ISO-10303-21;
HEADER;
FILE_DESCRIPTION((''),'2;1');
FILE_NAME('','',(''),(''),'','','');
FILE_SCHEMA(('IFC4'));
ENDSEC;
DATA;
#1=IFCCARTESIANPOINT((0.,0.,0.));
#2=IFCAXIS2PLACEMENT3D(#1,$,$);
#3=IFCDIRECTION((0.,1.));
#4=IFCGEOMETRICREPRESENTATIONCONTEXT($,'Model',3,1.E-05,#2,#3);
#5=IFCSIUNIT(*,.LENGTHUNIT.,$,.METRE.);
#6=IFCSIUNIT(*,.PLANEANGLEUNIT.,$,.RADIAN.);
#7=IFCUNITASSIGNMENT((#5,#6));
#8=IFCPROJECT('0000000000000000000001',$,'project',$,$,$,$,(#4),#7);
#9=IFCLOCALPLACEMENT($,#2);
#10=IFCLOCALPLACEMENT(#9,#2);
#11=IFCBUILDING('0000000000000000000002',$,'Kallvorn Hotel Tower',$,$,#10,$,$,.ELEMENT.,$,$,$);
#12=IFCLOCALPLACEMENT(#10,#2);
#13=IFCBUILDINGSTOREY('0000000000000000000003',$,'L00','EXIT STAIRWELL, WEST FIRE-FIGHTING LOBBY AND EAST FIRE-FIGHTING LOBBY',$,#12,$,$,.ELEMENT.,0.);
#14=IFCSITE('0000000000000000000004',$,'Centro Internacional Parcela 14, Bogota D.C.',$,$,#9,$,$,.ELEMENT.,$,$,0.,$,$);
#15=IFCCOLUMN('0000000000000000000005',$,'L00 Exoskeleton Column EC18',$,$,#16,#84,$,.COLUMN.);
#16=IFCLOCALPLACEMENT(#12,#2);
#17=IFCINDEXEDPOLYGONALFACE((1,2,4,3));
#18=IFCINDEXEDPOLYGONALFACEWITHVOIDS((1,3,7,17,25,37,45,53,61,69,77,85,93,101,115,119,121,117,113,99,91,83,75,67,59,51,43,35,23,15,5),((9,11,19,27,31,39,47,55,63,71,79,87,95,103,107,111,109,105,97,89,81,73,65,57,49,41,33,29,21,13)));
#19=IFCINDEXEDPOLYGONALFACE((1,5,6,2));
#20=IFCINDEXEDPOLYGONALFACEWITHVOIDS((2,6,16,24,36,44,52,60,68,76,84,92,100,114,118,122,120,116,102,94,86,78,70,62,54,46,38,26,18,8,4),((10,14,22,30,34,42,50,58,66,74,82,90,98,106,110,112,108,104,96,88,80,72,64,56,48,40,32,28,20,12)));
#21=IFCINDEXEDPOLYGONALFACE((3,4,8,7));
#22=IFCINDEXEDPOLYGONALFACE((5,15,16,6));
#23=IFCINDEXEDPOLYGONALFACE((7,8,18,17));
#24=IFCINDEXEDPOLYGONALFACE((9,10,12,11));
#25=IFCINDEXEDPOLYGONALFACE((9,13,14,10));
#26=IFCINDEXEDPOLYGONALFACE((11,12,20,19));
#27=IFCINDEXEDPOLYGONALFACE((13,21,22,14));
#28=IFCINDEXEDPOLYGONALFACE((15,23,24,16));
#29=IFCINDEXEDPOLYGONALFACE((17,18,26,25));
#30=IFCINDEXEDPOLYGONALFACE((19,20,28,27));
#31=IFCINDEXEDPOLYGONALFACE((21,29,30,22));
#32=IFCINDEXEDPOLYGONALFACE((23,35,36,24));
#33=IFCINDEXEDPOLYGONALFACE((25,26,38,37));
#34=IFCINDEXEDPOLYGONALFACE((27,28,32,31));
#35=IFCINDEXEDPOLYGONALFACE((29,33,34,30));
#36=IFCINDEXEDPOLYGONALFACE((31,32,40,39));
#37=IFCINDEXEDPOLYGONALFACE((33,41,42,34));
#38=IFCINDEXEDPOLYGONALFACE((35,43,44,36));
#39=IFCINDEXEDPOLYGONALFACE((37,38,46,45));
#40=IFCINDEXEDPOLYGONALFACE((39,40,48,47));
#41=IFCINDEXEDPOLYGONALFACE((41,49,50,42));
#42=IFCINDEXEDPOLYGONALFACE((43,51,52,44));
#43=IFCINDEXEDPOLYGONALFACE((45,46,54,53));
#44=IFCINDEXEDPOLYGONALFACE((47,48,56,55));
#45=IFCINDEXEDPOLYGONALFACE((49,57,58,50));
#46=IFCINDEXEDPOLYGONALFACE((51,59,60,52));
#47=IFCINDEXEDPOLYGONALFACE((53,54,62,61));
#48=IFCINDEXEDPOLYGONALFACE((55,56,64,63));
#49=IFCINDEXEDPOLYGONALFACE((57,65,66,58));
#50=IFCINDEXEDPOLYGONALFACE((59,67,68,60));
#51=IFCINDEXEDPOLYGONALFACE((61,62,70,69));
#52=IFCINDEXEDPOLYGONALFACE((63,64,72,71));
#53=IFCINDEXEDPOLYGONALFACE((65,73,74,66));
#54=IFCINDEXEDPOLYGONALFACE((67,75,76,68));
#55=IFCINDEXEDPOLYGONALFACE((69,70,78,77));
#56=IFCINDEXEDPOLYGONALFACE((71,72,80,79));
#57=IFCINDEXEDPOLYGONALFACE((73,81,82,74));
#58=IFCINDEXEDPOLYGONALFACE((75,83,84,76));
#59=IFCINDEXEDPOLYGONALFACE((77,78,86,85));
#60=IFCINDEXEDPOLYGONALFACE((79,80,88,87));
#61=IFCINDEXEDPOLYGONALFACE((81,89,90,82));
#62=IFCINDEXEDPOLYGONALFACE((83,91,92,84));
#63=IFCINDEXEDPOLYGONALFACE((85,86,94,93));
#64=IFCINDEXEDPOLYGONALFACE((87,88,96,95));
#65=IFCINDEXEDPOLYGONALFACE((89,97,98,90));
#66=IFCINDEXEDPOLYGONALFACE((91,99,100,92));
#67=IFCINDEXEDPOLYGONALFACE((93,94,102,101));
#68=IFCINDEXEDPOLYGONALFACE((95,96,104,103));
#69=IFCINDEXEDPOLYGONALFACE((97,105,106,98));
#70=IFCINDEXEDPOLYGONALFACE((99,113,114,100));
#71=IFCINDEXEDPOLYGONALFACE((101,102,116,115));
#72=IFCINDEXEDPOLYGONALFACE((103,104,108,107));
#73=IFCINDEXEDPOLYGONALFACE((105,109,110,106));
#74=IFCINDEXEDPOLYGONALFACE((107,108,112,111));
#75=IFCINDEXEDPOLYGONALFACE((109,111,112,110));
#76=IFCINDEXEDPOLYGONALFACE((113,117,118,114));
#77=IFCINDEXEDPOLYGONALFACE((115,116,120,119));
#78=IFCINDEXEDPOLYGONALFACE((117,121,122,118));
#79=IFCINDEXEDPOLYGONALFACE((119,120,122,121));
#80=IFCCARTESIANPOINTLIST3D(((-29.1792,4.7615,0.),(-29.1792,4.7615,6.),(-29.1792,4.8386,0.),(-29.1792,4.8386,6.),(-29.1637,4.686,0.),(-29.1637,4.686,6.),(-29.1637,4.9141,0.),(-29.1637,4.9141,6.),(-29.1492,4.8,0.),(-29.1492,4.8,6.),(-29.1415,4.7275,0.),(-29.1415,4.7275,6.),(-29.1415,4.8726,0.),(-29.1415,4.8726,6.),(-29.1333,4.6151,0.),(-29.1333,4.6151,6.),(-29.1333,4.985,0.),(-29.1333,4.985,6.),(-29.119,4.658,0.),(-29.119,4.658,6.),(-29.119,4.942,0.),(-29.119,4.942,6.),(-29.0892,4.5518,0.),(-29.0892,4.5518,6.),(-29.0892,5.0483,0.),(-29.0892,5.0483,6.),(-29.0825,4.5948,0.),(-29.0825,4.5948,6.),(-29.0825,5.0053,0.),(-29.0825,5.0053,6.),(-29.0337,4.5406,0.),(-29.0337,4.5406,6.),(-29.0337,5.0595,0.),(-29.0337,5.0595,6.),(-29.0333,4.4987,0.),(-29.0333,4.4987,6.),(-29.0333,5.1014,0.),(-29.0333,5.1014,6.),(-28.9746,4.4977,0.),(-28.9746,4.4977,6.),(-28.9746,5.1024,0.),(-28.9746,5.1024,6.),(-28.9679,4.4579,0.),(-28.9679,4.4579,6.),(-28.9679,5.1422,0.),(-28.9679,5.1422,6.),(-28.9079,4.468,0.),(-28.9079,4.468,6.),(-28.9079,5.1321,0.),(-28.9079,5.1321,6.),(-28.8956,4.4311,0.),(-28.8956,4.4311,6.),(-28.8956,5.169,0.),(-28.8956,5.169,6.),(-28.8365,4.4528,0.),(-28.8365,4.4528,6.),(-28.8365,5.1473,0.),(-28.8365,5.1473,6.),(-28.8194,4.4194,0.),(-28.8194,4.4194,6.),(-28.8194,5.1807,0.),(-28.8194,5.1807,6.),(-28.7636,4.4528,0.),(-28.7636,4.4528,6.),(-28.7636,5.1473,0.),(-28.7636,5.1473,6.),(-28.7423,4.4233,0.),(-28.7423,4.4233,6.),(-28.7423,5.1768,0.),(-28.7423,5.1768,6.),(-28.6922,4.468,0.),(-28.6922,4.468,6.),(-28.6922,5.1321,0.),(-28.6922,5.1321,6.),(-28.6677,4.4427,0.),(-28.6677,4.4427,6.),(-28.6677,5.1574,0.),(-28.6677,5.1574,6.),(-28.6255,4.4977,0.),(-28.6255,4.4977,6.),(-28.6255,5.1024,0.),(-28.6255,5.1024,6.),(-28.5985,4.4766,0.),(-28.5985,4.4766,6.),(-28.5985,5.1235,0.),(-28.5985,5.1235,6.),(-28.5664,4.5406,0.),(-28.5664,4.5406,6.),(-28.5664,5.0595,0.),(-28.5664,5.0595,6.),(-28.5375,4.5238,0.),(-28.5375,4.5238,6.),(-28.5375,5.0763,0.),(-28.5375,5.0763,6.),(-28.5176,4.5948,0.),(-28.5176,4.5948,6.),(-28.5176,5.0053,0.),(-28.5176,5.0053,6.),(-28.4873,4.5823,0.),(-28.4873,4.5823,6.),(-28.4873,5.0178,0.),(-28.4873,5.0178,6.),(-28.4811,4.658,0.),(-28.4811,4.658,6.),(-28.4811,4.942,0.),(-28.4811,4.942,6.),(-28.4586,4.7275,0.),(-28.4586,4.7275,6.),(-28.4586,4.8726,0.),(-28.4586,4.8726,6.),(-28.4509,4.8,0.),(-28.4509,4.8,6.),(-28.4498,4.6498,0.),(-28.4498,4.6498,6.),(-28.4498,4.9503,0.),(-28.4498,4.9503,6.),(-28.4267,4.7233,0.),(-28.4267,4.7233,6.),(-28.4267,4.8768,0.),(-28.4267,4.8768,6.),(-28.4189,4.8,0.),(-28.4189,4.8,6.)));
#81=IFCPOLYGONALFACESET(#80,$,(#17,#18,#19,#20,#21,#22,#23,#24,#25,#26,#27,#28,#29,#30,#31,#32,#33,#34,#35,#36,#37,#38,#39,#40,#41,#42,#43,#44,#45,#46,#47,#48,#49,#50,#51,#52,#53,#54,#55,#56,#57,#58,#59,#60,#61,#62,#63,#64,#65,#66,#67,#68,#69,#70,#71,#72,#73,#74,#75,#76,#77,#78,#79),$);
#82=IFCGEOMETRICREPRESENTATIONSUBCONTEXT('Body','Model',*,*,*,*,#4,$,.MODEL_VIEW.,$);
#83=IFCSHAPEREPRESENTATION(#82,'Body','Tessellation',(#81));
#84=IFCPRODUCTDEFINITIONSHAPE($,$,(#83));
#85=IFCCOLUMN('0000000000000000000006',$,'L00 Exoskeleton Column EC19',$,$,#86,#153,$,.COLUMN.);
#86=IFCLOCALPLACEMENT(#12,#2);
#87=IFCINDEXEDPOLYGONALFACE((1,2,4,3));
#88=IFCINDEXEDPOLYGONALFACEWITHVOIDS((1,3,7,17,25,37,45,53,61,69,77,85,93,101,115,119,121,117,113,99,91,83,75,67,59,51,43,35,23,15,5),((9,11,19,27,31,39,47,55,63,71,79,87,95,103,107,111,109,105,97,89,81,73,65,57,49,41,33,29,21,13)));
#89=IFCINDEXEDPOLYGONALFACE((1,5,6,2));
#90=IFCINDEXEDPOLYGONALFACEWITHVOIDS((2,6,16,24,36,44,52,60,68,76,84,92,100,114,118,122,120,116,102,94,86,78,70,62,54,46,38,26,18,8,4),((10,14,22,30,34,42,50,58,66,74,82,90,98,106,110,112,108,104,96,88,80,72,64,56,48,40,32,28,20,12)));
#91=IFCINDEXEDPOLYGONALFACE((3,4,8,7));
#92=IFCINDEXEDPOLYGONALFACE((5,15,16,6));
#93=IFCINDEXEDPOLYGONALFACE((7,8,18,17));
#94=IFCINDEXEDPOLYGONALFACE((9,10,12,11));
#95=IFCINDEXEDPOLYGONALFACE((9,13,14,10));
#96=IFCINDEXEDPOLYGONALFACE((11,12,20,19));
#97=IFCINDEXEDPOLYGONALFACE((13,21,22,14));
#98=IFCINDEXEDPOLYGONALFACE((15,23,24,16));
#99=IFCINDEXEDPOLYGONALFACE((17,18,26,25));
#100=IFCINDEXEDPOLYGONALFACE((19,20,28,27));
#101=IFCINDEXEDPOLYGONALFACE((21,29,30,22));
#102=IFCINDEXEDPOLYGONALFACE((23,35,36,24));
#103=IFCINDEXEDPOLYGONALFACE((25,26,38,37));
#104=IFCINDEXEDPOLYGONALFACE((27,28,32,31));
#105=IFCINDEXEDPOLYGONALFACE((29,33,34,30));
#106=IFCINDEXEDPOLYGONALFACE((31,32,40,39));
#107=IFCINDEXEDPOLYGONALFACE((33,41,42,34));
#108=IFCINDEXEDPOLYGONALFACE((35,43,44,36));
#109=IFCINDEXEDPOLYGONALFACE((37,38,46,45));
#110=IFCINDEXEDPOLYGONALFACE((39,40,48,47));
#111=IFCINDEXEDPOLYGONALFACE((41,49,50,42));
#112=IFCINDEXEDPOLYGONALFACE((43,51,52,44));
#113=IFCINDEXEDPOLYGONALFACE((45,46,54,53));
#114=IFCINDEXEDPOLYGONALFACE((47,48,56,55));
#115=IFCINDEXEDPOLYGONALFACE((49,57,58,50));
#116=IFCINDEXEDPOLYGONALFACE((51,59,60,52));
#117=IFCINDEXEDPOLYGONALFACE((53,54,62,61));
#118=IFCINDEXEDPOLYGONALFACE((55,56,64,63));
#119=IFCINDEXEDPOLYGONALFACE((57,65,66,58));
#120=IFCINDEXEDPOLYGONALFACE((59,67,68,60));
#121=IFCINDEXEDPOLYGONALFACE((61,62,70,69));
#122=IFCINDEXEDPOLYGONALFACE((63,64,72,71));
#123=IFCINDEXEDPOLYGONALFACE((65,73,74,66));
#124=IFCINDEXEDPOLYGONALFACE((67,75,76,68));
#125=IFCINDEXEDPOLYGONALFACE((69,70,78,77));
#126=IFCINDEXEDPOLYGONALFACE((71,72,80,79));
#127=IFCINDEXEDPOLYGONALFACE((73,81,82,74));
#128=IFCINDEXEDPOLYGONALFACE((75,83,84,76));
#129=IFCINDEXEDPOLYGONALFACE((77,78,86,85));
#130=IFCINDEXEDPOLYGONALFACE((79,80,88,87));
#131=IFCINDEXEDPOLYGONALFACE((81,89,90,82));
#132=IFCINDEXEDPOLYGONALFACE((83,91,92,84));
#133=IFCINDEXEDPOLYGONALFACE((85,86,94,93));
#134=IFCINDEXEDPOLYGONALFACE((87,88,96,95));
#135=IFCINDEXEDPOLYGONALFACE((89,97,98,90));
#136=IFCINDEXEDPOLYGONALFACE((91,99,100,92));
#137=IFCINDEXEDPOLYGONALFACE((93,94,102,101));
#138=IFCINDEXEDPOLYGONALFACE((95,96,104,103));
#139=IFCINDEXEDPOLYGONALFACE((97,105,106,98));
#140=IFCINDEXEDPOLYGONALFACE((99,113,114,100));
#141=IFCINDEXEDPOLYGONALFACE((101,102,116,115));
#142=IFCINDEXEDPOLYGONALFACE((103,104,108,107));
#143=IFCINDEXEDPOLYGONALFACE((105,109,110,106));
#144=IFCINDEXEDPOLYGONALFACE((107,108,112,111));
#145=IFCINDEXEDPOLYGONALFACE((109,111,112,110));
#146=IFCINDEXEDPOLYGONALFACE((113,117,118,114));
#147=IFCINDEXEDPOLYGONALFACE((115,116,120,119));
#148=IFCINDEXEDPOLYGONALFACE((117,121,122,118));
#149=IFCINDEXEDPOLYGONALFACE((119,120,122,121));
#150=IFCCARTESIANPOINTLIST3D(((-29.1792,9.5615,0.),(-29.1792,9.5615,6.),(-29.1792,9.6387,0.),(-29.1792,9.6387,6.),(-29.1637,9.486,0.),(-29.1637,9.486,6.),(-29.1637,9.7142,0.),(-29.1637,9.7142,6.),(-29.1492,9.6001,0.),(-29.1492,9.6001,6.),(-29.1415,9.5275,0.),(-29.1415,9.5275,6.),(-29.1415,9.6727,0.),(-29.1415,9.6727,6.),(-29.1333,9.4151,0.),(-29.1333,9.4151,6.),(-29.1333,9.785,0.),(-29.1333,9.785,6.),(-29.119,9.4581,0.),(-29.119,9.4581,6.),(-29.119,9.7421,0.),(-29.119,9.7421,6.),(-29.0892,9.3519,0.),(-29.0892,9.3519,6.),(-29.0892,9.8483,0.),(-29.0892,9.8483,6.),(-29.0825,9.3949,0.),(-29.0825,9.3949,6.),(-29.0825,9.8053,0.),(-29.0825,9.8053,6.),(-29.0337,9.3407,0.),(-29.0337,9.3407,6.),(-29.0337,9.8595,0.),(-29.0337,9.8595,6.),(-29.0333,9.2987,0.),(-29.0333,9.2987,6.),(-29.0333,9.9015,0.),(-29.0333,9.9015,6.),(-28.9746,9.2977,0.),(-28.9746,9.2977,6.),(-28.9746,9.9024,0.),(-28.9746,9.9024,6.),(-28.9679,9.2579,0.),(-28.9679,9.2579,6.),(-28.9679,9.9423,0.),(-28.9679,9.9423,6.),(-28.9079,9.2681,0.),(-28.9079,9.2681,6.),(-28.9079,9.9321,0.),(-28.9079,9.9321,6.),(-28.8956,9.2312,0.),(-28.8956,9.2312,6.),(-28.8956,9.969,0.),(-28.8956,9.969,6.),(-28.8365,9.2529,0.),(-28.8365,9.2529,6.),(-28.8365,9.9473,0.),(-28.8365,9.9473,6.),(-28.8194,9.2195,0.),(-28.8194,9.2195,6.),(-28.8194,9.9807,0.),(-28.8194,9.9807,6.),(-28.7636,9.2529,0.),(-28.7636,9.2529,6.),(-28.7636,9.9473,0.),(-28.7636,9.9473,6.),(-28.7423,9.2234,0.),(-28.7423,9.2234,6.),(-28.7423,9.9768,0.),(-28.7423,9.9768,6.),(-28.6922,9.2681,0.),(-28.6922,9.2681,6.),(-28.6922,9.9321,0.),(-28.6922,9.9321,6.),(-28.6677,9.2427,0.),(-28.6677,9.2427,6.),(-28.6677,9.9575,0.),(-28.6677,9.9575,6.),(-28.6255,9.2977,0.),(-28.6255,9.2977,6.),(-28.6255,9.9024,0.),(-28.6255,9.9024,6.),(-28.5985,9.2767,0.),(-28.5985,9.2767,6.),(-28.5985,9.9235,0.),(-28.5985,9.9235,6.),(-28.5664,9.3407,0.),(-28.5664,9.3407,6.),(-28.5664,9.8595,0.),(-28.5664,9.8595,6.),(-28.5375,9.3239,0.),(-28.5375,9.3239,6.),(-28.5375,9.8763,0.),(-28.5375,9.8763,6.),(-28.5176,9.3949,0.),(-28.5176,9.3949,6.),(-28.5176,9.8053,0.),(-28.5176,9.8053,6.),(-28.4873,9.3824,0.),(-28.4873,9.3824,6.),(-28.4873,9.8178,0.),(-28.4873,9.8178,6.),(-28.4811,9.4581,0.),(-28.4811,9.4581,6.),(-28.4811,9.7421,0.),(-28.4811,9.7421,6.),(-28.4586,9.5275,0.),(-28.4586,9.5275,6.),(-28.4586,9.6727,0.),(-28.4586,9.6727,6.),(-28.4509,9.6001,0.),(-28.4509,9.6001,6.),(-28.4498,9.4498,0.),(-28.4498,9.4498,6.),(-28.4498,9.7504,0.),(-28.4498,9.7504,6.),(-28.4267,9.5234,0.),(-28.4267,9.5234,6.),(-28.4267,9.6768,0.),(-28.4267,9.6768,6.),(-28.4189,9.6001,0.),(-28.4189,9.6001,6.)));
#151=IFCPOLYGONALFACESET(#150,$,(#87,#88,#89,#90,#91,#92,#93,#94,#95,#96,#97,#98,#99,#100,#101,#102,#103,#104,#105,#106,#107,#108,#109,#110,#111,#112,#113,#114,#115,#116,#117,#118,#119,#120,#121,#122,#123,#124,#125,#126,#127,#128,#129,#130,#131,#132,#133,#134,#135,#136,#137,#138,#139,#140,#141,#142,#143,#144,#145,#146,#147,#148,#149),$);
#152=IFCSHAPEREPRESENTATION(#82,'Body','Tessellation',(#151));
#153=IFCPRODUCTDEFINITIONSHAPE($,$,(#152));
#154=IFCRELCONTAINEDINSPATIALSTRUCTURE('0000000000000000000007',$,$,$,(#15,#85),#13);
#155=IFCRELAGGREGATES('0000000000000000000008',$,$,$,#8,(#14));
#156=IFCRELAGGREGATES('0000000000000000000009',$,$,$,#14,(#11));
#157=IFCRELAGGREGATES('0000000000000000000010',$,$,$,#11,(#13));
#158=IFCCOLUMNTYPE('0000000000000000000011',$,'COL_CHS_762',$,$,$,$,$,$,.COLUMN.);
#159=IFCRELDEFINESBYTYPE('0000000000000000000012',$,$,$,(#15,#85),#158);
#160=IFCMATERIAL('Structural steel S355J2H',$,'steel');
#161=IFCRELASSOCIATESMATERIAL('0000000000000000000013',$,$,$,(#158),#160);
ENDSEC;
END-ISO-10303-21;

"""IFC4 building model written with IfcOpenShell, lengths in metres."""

from ifc_helpers import new_model, si_unit, direction, frame, origin, origin_2d, place, context, subcontext, project, spatial, hollow_circle, extrude, material, material_profile, profile_set, type_object, element, save


model = new_model("IFC4")

# Units and contexts
model_context = context("Model", 3, precision=1e-05, world=origin(), true_north=direction((0.0, 1.0)))
body_context = subcontext(model_context, "Body", "Model", "MODEL_VIEW")
ifc_project = project(units=[si_unit("LENGTHUNIT", "METRE"), si_unit("PLANEANGLEUNIT", "RADIAN")], contexts=[model_context])

# Site, building, storey
site_placement = place(None, origin())
site = spatial("IfcSite", under=ifc_project, at=site_placement, Name="Centro Internacional Parcela 14, Bogota D.C.", CompositionType="ELEMENT", RefElevation=0.0)
building_placement = place(site_placement, origin())
building = spatial("IfcBuilding", under=site, at=building_placement, Name="Kallvorn Hotel Tower", CompositionType="ELEMENT")
storey_placement = place(building_placement, origin())
storey = spatial("IfcBuildingStorey", under=building, at=storey_placement, Name="L00", Description="EXIT STAIRWELL, WEST FIRE-FIGHTING LOBBY AND EAST FIRE-FIGHTING LOBBY", CompositionType="ELEMENT", Elevation=0.0)

# Columns
ifc_material_1 = material(Name="Structural steel S355J2H", Category="steel")
ifc_material_profile_1 = material_profile(ifc_material_1, hollow_circle(Radius=0.3811, WallThickness=0.032, at=origin_2d()), Name="CHS 762x32")
ifc_profile_set_1 = profile_set([ifc_material_profile_1], Name="Structural steel S355J2H")
column_type_1 = type_object("IfcColumnType", Name="COL_CHS_762", PredefinedType="COLUMN", material=ifc_profile_set_1)
for number, where, z_axis, x_axis, name in (
    (1, (-28.8, 4.8, 0.0), (0.0, 0.0, 1.0), (1.0, 0.0, 0.0), "L00 Exoskeleton Column EC18"),
    (2, (-28.8, 9.6001, 0.0), (0.0, 0.0, 1.0), (1.0, 0.0, 0.0), "L00 Exoskeleton Column EC19"),
):
    element("IfcColumn", number, at=place(storey_placement, frame(where, z_axis=z_axis, x_axis=x_axis)), inside=storey, type_object=column_type_1, Name=name, PredefinedType="COLUMN", context=body_context, shape_type="SweptSolid", body=[
        extrude(hollow_circle(Radius=0.3811, WallThickness=0.032, at=origin_2d()), origin(), (0.0, 0.0, 1.0), 6.0),
    ])

save(model, "model.ifc")
